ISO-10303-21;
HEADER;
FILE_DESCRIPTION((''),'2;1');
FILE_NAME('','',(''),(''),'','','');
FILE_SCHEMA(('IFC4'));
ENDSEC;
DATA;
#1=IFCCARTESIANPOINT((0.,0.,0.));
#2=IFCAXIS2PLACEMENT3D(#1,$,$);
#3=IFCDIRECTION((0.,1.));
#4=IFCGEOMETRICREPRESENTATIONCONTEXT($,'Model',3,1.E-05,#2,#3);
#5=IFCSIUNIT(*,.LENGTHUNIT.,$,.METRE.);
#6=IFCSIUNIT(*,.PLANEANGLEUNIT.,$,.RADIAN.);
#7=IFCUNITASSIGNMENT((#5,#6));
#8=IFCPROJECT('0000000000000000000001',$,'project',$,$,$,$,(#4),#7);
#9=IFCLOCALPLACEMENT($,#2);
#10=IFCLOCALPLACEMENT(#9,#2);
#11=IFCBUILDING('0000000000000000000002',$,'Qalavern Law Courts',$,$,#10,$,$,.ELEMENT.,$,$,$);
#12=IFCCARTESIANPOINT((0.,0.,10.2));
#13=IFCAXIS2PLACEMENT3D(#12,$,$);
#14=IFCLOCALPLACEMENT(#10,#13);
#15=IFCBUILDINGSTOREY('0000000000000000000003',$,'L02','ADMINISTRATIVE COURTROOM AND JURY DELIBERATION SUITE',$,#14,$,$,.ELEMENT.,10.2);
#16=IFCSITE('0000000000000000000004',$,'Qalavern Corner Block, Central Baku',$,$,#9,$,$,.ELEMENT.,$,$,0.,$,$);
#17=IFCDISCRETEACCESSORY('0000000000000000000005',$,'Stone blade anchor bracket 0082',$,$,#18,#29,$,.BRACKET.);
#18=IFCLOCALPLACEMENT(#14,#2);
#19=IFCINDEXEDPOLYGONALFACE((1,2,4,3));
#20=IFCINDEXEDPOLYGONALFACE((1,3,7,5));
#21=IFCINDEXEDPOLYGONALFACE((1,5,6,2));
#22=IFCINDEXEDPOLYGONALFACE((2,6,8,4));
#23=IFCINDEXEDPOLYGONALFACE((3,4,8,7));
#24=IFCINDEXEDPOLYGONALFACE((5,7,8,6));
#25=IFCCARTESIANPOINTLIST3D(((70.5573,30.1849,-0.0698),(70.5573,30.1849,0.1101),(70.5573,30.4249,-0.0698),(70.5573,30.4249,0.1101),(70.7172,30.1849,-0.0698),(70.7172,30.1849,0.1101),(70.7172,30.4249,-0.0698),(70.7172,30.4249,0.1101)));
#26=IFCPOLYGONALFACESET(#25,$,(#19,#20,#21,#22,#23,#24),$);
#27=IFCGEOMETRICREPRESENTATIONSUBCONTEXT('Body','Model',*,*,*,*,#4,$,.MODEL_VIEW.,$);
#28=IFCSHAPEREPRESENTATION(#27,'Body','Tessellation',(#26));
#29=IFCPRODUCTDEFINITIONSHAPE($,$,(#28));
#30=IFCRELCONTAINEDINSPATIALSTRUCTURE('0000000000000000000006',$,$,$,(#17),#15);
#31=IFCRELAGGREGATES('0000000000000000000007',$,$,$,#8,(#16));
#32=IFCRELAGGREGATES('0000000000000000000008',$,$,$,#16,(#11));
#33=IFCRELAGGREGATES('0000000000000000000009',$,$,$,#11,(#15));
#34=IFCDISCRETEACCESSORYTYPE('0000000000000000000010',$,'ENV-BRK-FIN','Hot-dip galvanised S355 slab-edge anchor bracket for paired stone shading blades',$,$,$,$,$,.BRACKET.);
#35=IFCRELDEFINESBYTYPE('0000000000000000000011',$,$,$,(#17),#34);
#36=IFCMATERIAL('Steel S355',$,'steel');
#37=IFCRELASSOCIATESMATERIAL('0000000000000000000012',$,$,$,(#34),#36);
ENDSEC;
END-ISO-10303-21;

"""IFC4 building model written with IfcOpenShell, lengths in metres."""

from ifc_helpers import new_model, si_unit, direction, frame, origin, origin_2d, place, context, subcontext, project, spatial, rectangle, extrude, material, type_object, element, save


model = new_model("IFC4")

# Units and contexts
model_context = context("Model", 3, precision=1e-05, world=origin(), true_north=direction((0.0, 1.0)))
body_context = subcontext(model_context, "Body", "Model", "MODEL_VIEW")
ifc_project = project(units=[si_unit("LENGTHUNIT", "METRE"), si_unit("PLANEANGLEUNIT", "RADIAN")], contexts=[model_context])

# Site, building, storey
site_placement = place(None, origin())
site = spatial("IfcSite", under=ifc_project, at=site_placement, Name="Qalavern Corner Block, Central Baku", CompositionType="ELEMENT", RefElevation=0.0)
building_placement = place(site_placement, origin())
building = spatial("IfcBuilding", under=site, at=building_placement, Name="Qalavern Law Courts", CompositionType="ELEMENT")
storey_placement = place(building_placement, frame((0.0, 0.0, 10.2)))
storey = spatial("IfcBuildingStorey", under=building, at=storey_placement, Name="L02", Description="ADMINISTRATIVE COURTROOM AND JURY DELIBERATION SUITE", CompositionType="ELEMENT", Elevation=10.2)

# Shared definitions
ifc_material_1 = material(Name="Steel S355", Category="steel")

# Discrete accessory
discrete_accessory_type = type_object("IfcDiscreteAccessoryType", Name="ENV-BRK-FIN", Description="Hot-dip galvanised S355 slab-edge anchor bracket for paired stone shading blades", PredefinedType="BRACKET", material=ifc_material_1)
for number, where, z_axis, x_axis, name in (
    (1, (70.6372, 30.3049, -0.0698), (0.0, 0.0, 1.0), (0.0, 1.0, 0.0), "Stone blade anchor bracket 0082"),
):
    element("IfcDiscreteAccessory", number, at=place(storey_placement, frame(where, z_axis=z_axis, x_axis=x_axis)), inside=storey, type_object=discrete_accessory_type, Name=name, PredefinedType="BRACKET", context=body_context, shape_type="SweptSolid", body=[
        extrude(rectangle(XDim=0.24, YDim=0.1599, at=origin_2d()), origin(), (0.0, 0.0, 1.0), 0.1799),
    ])

save(model, "model.ifc")
